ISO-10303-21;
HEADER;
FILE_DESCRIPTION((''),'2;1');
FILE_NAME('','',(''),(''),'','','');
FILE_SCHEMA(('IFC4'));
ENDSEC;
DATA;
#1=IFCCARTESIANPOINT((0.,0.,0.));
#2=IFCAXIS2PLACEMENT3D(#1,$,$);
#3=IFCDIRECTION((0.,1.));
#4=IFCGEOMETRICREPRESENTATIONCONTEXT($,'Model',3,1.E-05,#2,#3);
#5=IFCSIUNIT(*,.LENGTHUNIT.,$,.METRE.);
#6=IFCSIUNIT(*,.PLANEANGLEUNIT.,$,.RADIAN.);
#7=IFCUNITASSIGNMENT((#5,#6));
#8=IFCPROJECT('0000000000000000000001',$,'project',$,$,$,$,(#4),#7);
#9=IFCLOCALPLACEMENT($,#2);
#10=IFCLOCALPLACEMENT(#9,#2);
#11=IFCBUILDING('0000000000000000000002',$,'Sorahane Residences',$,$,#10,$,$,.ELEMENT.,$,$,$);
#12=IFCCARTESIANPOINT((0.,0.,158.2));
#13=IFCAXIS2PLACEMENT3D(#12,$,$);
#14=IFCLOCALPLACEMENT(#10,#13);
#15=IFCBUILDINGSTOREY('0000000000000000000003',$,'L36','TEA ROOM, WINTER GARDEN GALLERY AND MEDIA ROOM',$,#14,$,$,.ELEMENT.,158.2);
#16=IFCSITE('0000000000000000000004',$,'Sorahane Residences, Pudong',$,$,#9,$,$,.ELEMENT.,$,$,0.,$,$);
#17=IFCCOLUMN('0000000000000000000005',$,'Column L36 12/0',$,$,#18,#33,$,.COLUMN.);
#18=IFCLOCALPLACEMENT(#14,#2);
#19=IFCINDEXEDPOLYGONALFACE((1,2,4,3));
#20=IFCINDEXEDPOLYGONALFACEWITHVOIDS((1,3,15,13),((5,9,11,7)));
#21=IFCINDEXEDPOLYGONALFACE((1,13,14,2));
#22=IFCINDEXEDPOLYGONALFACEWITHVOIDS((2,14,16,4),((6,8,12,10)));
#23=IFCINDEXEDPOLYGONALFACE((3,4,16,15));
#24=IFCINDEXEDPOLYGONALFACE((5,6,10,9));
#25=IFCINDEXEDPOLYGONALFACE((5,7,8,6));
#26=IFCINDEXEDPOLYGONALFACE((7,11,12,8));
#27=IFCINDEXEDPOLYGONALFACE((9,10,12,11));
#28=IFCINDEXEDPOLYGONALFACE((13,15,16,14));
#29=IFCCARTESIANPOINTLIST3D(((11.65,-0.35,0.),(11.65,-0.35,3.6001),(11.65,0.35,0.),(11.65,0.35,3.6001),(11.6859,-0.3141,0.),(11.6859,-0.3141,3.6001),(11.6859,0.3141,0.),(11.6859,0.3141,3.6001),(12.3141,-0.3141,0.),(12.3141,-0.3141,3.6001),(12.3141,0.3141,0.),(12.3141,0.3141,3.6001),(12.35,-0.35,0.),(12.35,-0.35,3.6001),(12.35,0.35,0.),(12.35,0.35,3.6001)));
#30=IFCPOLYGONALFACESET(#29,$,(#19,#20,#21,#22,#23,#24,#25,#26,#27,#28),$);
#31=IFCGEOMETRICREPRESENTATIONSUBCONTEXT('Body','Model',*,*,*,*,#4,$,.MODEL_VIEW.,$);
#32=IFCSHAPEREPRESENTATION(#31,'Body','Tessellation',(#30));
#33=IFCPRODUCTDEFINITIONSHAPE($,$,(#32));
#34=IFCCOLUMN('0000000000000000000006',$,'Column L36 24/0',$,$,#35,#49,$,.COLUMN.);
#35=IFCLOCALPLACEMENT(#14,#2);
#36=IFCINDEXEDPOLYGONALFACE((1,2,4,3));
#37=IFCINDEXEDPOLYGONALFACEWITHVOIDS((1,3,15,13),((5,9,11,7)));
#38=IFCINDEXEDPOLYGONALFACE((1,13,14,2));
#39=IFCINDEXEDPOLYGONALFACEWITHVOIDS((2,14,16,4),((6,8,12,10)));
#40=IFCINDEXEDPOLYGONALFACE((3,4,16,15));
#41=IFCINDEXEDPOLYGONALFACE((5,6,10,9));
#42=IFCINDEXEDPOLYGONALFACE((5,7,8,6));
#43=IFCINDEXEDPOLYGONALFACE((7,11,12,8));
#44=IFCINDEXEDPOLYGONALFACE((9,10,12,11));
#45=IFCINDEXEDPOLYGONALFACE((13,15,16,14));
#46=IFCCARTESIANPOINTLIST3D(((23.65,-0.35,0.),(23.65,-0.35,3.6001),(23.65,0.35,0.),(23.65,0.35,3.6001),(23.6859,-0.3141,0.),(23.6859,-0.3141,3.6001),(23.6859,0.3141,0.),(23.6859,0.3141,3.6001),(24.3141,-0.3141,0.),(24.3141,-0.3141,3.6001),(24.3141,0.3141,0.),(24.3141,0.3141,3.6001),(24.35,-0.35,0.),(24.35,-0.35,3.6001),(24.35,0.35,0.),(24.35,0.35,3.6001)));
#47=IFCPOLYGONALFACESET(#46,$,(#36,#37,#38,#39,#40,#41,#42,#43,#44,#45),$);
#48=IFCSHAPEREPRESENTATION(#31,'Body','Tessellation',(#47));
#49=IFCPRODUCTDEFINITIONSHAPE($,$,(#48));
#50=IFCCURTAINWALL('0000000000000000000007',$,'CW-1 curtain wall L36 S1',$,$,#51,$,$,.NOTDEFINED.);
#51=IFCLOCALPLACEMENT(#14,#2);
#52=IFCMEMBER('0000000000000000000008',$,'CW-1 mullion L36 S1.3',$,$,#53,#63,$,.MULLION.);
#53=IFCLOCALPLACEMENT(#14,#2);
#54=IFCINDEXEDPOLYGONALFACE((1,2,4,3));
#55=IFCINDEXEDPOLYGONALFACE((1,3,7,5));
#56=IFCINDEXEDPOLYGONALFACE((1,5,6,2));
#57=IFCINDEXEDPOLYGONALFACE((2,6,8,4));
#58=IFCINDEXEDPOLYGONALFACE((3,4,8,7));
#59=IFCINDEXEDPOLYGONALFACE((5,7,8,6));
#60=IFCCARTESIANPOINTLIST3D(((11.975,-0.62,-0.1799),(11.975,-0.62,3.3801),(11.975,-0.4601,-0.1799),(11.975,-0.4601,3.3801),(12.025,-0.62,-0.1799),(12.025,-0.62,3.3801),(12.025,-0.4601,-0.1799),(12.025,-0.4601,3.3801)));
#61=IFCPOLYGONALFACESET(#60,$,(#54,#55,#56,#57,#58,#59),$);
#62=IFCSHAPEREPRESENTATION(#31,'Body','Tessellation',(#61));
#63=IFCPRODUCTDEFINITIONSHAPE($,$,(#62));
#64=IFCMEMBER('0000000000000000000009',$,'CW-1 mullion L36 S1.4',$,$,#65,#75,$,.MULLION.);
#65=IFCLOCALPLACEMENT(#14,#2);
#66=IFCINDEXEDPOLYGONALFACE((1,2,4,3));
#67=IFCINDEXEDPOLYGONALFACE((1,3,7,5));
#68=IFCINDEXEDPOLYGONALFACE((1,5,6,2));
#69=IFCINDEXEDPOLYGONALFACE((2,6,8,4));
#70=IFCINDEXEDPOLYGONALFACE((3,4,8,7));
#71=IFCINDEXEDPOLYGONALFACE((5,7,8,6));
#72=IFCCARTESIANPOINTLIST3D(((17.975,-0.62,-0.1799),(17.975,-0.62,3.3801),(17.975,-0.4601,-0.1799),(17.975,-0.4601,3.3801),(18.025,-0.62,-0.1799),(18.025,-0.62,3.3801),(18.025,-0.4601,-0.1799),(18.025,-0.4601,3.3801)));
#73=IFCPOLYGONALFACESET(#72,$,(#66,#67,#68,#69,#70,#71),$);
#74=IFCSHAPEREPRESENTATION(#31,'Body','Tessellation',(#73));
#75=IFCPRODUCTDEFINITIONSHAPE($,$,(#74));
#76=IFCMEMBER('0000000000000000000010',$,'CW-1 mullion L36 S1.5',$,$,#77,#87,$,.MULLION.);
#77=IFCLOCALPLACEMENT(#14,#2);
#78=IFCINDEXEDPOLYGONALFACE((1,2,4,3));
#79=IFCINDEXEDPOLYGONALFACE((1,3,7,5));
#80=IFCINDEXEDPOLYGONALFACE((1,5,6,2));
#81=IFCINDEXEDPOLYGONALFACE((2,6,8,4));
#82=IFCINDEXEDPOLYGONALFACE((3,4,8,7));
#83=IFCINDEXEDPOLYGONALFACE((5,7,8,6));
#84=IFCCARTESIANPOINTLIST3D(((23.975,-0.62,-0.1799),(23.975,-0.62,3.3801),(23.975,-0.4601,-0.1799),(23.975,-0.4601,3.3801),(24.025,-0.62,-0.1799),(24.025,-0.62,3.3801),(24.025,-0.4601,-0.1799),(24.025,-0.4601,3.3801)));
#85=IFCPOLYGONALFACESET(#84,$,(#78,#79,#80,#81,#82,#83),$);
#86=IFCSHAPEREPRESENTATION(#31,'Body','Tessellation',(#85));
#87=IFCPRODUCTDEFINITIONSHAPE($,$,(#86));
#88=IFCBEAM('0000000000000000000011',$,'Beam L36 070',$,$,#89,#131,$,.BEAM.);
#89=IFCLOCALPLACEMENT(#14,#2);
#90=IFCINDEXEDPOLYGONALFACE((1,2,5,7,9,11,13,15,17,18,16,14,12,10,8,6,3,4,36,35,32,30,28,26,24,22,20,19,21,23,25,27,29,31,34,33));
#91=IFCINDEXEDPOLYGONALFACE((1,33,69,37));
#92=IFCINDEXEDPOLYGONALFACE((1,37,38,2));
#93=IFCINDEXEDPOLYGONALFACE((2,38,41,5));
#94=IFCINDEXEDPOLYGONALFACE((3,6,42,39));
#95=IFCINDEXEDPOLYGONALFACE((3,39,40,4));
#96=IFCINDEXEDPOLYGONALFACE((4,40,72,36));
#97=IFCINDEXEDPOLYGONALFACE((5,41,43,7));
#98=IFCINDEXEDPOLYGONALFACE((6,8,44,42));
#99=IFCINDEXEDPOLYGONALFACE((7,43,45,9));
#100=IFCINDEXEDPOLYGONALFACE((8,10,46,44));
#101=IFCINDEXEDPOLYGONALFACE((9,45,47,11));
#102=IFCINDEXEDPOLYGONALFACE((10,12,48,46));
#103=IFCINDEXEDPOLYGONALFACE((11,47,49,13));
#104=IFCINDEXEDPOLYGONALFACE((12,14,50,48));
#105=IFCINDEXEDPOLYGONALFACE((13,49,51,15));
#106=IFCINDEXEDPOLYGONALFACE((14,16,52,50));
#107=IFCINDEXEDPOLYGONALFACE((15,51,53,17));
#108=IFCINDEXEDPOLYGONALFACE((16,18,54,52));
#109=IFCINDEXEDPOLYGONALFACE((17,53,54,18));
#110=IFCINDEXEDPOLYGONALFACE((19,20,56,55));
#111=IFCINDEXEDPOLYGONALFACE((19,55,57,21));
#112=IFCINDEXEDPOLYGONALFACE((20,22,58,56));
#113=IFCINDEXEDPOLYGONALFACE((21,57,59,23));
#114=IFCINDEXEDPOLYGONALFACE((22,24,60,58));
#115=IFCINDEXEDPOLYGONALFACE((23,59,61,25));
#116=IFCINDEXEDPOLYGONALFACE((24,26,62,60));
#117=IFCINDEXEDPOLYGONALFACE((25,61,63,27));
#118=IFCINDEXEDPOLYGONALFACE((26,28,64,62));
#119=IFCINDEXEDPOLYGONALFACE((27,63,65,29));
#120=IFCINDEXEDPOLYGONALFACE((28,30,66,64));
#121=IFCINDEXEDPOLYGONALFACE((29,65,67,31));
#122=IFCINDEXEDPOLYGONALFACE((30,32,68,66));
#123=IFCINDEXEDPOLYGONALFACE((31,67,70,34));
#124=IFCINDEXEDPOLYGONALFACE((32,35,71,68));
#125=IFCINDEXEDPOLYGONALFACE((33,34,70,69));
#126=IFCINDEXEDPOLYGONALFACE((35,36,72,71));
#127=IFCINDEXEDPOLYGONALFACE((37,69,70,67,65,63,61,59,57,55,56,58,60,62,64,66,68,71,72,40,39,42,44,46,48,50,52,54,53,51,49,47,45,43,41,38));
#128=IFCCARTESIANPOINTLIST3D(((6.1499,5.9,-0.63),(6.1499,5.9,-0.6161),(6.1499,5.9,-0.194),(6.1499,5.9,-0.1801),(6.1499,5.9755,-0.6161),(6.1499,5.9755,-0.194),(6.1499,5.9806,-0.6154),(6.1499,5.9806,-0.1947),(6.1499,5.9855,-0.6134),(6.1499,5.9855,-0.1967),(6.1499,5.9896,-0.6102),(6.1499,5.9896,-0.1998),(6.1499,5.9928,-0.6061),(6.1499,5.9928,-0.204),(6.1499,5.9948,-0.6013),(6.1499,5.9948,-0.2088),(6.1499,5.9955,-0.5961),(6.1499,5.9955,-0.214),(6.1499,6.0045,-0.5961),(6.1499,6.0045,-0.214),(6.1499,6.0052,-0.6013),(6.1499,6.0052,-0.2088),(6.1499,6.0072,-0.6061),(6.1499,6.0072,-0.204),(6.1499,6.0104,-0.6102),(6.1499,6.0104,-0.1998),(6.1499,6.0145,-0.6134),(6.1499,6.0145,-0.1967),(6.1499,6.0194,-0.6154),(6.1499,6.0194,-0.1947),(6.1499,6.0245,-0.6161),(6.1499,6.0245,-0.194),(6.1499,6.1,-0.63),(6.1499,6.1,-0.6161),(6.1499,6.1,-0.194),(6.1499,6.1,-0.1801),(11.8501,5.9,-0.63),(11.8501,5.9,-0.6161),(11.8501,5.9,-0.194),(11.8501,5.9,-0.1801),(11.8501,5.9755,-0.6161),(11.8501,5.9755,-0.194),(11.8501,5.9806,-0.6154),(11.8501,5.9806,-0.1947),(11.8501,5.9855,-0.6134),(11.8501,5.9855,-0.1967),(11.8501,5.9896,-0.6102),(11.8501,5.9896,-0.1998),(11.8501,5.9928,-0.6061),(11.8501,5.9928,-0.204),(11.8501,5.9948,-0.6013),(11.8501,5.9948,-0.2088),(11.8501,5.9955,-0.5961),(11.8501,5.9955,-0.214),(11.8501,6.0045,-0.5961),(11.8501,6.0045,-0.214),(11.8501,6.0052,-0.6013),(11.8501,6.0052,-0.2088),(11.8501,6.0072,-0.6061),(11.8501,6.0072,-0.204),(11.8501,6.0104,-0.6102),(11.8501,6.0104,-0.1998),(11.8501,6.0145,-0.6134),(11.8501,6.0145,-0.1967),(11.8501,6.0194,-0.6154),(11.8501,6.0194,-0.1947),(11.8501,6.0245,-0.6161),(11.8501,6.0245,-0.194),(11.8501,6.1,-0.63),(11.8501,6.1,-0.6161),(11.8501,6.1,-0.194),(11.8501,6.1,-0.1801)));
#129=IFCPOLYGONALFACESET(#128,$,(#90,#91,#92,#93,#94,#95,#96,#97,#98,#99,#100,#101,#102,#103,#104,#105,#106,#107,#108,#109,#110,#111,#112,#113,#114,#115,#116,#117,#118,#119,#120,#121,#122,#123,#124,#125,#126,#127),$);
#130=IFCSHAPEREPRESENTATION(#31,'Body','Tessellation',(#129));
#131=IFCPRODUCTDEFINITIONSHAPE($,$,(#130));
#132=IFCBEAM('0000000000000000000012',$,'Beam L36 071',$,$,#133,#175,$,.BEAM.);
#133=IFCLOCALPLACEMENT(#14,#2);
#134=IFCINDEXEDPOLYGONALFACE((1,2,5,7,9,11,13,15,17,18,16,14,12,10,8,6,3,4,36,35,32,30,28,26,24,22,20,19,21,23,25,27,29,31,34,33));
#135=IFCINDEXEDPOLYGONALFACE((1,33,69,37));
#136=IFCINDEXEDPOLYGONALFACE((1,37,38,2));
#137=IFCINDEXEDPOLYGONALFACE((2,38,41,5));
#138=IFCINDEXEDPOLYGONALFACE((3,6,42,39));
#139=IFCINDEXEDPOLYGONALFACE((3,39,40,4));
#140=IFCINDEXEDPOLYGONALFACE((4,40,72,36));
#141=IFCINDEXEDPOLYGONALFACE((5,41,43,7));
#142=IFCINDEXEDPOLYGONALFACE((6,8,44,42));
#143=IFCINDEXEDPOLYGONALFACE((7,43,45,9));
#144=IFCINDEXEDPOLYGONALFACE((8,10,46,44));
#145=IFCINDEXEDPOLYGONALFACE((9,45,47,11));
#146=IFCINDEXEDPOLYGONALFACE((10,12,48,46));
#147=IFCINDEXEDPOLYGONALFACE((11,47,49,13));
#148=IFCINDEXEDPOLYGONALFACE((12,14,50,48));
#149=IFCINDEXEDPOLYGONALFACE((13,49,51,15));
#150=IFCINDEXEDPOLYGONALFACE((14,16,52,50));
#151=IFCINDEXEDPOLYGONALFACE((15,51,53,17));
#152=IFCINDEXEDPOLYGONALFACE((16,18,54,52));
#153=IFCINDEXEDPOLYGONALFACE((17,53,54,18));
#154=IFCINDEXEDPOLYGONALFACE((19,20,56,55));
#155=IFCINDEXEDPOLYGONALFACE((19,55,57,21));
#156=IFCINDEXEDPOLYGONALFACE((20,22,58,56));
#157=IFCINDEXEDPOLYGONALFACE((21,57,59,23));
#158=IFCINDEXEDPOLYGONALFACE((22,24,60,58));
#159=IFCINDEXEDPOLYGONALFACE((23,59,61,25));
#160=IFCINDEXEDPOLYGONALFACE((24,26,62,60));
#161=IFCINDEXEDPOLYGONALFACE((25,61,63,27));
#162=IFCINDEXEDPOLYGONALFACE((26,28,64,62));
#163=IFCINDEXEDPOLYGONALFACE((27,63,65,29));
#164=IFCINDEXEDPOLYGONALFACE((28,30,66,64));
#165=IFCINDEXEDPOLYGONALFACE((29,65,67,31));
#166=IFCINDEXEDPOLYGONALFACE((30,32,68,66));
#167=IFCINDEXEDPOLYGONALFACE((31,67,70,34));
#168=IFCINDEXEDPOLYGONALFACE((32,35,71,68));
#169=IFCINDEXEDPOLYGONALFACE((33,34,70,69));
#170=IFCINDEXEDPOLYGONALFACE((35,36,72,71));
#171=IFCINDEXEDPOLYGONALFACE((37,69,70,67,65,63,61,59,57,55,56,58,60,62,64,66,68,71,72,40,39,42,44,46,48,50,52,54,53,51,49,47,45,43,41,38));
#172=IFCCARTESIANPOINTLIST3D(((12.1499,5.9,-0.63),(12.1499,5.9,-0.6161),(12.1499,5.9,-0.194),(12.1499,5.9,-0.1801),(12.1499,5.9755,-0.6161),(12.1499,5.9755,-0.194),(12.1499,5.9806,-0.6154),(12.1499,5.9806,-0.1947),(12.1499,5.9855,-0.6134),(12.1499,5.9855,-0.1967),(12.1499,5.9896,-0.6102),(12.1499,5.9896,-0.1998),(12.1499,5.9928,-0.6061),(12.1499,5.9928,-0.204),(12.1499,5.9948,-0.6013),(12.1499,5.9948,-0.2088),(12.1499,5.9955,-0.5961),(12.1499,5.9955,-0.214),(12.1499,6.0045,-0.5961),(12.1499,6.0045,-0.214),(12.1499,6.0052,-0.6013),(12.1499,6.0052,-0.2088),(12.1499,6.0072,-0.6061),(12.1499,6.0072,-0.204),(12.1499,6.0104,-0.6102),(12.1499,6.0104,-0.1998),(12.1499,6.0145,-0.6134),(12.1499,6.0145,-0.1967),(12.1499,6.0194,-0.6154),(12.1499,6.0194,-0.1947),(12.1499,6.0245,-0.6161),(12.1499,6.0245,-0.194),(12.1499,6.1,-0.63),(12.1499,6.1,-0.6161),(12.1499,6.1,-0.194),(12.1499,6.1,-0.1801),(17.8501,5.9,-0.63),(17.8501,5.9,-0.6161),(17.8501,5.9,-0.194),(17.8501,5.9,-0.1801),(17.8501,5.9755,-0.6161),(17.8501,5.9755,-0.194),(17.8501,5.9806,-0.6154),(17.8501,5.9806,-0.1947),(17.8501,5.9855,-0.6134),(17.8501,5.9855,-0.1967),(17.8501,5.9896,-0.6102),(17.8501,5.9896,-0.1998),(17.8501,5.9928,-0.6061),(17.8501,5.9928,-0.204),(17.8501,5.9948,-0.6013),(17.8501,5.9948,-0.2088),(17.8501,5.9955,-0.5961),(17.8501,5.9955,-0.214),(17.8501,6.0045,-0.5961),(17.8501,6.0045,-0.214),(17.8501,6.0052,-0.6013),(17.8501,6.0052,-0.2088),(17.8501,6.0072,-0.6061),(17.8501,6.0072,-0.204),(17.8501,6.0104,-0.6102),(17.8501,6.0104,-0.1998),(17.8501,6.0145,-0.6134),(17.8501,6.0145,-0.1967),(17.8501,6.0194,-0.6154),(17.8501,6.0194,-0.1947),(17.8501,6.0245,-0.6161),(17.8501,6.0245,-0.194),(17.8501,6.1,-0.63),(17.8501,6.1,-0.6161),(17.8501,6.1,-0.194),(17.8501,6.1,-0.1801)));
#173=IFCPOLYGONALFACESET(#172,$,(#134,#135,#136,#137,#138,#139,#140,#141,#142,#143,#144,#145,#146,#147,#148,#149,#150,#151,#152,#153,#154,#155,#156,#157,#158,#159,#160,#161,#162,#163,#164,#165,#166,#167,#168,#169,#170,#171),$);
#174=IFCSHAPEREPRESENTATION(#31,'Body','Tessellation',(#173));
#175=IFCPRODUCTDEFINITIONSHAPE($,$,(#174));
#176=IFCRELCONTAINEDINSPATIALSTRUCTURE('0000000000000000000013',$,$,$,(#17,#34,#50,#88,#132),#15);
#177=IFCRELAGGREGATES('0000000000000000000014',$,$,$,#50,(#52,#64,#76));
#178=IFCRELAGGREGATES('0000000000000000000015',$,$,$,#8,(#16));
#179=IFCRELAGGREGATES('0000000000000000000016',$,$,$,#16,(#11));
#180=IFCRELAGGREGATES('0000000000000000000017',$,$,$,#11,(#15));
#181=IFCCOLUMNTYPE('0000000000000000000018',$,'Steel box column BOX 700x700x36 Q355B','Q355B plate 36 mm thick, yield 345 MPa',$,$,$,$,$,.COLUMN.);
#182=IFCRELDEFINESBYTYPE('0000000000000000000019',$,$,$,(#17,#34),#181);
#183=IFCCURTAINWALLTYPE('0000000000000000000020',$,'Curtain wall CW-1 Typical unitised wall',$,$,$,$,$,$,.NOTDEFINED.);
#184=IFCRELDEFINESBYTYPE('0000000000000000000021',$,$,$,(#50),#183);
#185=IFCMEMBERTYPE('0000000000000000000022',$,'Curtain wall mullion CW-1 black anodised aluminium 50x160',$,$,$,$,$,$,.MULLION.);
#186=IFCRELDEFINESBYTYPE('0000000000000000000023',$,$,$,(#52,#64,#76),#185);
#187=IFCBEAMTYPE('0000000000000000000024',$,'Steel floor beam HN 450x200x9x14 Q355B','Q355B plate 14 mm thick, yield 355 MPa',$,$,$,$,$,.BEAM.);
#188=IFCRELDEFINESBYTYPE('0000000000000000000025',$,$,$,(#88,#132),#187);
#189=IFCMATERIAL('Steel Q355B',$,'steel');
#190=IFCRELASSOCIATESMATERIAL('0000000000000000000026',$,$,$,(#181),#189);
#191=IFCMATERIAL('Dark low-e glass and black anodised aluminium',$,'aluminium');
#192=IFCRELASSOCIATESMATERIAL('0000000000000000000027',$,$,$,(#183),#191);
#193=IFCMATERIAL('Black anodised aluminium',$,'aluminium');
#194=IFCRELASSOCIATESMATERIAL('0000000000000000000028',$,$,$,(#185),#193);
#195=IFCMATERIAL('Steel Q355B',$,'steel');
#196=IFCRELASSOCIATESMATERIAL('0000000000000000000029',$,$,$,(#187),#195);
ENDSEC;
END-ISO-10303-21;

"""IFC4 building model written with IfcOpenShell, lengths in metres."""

from ifc_helpers import new_model, si_unit, direction, frame, origin, origin_2d, place, context, subcontext, project, spatial, rectangle, hollow_rectangle, i_section, extrude, material, material_profile, profile_set, type_object, element, aggregate, save


model = new_model("IFC4")

# Units and contexts
model_context = context("Model", 3, precision=1e-05, world=origin(), true_north=direction((0.0, 1.0)))
body_context = subcontext(model_context, "Body", "Model", "MODEL_VIEW")
ifc_project = project(units=[si_unit("LENGTHUNIT", "METRE"), si_unit("PLANEANGLEUNIT", "RADIAN")], contexts=[model_context])

# Site, building, storey
site_placement = place(None, origin())
site = spatial("IfcSite", under=ifc_project, at=site_placement, Name="Sorahane Residences, Pudong", CompositionType="ELEMENT", RefElevation=0.0)
building_placement = place(site_placement, origin())
building = spatial("IfcBuilding", under=site, at=building_placement, Name="Sorahane Residences", CompositionType="ELEMENT")
storey_placement = place(building_placement, frame((0.0, 0.0, 158.2)))
storey = spatial("IfcBuildingStorey", under=building, at=storey_placement, Name="L36", Description="TEA ROOM, WINTER GARDEN GALLERY AND MEDIA ROOM", CompositionType="ELEMENT", Elevation=158.2)

# Columns
ifc_material_1 = material(Name="Steel Q355B", Category="steel")
ifc_material_profile_1 = material_profile(ifc_material_1, hollow_rectangle(XDim=0.7, YDim=0.7, WallThickness=0.0359, at=origin_2d()), Name="BOX 700x700x36")
ifc_profile_set_1 = profile_set([ifc_material_profile_1], Name="Steel Q355B")
column_type = type_object("IfcColumnType", Name="Steel box column BOX 700x700x36 Q355B", Description="Q355B plate 36 mm thick, yield 345 MPa", PredefinedType="COLUMN", material=ifc_profile_set_1)
for number, where, z_axis, x_axis, name in (
    (1, (12.0, 0.0, 0.0), (0.0, 0.0, 1.0), (1.0, 0.0, 0.0), "Column L36 12/0"),
    (2, (24.0, 0.0, 0.0), (0.0, 0.0, 1.0), (1.0, 0.0, 0.0), "Column L36 24/0"),
):
    element("IfcColumn", number, at=place(storey_placement, frame(where, z_axis=z_axis, x_axis=x_axis)), inside=storey, type_object=column_type, Name=name, PredefinedType="COLUMN", context=body_context, shape_type="SweptSolid", body=[
        extrude(hollow_rectangle(XDim=0.7, YDim=0.7, WallThickness=0.0359, at=origin_2d()), origin(), (0.0, 0.0, 1.0), 3.6001),
    ])

# Curtain wall, members
ifc_material_2 = material(Name="Dark low-e glass and black anodised aluminium", Category="aluminium")
curtain_wall_type = type_object("IfcCurtainWallType", Name="Curtain wall CW-1 Typical unitised wall", PredefinedType="NOTDEFINED", material=ifc_material_2)
curtain_wall_placement = place(storey_placement, origin())
curtain_wall = element("IfcCurtainWall", 3, at=curtain_wall_placement, inside=storey, type_object=curtain_wall_type, Name="CW-1 curtain wall L36 S1", PredefinedType="NOTDEFINED")
ifc_material_3 = material(Name="Black anodised aluminium", Category="aluminium")
ifc_material_profile_2 = material_profile(ifc_material_3, rectangle(XDim=0.1599, YDim=0.05, at=origin_2d()), Name="Curtain wall mullion CW-1 black anodised aluminium 50x160")
ifc_profile_set_2 = profile_set([ifc_material_profile_2], Name="Black anodised aluminium")
member_type = type_object("IfcMemberType", Name="Curtain wall mullion CW-1 black anodised aluminium 50x160", PredefinedType="MULLION", material=ifc_profile_set_2)
member_1_placement = place(storey_placement, frame((12.0, -0.54, -0.1799), z_axis=(0.0, 0.0, 1.0), x_axis=(0.0, -1.0, 0.0)))
member_1 = element("IfcMember", 4, at=member_1_placement, type_object=member_type, Name="CW-1 mullion L36 S1.3", PredefinedType="MULLION", context=body_context, shape_type="SweptSolid", body=[
    extrude(rectangle(XDim=0.1599, YDim=0.05, at=origin_2d()), origin(), (0.0, 0.0, 1.0), 3.5601),
])
member_2_placement = place(storey_placement, frame((18.0, -0.54, -0.1799), z_axis=(0.0, 0.0, 1.0), x_axis=(0.0, -1.0, 0.0)))
member_2 = element("IfcMember", 5, at=member_2_placement, type_object=member_type, Name="CW-1 mullion L36 S1.4", PredefinedType="MULLION", context=body_context, shape_type="SweptSolid", body=[
    extrude(rectangle(XDim=0.1599, YDim=0.05, at=origin_2d()), origin(), (0.0, 0.0, 1.0), 3.5601),
])
member_3_placement = place(storey_placement, frame((24.0, -0.54, -0.1799), z_axis=(0.0, 0.0, 1.0), x_axis=(0.0, -1.0, 0.0)))
member_3 = element("IfcMember", 6, at=member_3_placement, type_object=member_type, Name="CW-1 mullion L36 S1.5", PredefinedType="MULLION", context=body_context, shape_type="SweptSolid", body=[
    extrude(rectangle(XDim=0.1599, YDim=0.05, at=origin_2d()), origin(), (0.0, 0.0, 1.0), 3.5601),
])

# Beams
ifc_material_4 = material(Name="Steel Q355B", Category="steel")
ifc_material_profile_3 = material_profile(ifc_material_4, i_section(OverallWidth=0.2, OverallDepth=0.45, WebThickness=0.009, FlangeThickness=0.0139, FilletRadius=0.02, at=origin_2d()), Name="HN 450x200x9x14")
ifc_profile_set_3 = profile_set([ifc_material_profile_3], Name="Steel Q355B")
beam_type_1 = type_object("IfcBeamType", Name="Steel floor beam HN 450x200x9x14 Q355B", Description="Q355B plate 14 mm thick, yield 355 MPa", PredefinedType="BEAM", material=ifc_profile_set_3)
for number, where, z_axis, x_axis, name in (
    (7, (6.1499, 6.0, -0.405), (1.0, 0.0, 0.0), (0.0, 1.0, 0.0), "Beam L36 070"),
    (8, (12.1499, 6.0, -0.405), (1.0, 0.0, 0.0), (0.0, 1.0, 0.0), "Beam L36 071"),
):
    element("IfcBeam", number, at=place(storey_placement, frame(where, z_axis=z_axis, x_axis=x_axis)), inside=storey, type_object=beam_type_1, Name=name, PredefinedType="BEAM", context=body_context, shape_type="SweptSolid", body=[
        extrude(i_section(OverallWidth=0.2, OverallDepth=0.45, WebThickness=0.009, FlangeThickness=0.0139, FilletRadius=0.02, at=origin_2d()), origin(), (0.0, 0.0, 1.0), 5.7002),
    ])

aggregate(curtain_wall, [member_1, member_2, member_3])

save(model, "model.ifc")
